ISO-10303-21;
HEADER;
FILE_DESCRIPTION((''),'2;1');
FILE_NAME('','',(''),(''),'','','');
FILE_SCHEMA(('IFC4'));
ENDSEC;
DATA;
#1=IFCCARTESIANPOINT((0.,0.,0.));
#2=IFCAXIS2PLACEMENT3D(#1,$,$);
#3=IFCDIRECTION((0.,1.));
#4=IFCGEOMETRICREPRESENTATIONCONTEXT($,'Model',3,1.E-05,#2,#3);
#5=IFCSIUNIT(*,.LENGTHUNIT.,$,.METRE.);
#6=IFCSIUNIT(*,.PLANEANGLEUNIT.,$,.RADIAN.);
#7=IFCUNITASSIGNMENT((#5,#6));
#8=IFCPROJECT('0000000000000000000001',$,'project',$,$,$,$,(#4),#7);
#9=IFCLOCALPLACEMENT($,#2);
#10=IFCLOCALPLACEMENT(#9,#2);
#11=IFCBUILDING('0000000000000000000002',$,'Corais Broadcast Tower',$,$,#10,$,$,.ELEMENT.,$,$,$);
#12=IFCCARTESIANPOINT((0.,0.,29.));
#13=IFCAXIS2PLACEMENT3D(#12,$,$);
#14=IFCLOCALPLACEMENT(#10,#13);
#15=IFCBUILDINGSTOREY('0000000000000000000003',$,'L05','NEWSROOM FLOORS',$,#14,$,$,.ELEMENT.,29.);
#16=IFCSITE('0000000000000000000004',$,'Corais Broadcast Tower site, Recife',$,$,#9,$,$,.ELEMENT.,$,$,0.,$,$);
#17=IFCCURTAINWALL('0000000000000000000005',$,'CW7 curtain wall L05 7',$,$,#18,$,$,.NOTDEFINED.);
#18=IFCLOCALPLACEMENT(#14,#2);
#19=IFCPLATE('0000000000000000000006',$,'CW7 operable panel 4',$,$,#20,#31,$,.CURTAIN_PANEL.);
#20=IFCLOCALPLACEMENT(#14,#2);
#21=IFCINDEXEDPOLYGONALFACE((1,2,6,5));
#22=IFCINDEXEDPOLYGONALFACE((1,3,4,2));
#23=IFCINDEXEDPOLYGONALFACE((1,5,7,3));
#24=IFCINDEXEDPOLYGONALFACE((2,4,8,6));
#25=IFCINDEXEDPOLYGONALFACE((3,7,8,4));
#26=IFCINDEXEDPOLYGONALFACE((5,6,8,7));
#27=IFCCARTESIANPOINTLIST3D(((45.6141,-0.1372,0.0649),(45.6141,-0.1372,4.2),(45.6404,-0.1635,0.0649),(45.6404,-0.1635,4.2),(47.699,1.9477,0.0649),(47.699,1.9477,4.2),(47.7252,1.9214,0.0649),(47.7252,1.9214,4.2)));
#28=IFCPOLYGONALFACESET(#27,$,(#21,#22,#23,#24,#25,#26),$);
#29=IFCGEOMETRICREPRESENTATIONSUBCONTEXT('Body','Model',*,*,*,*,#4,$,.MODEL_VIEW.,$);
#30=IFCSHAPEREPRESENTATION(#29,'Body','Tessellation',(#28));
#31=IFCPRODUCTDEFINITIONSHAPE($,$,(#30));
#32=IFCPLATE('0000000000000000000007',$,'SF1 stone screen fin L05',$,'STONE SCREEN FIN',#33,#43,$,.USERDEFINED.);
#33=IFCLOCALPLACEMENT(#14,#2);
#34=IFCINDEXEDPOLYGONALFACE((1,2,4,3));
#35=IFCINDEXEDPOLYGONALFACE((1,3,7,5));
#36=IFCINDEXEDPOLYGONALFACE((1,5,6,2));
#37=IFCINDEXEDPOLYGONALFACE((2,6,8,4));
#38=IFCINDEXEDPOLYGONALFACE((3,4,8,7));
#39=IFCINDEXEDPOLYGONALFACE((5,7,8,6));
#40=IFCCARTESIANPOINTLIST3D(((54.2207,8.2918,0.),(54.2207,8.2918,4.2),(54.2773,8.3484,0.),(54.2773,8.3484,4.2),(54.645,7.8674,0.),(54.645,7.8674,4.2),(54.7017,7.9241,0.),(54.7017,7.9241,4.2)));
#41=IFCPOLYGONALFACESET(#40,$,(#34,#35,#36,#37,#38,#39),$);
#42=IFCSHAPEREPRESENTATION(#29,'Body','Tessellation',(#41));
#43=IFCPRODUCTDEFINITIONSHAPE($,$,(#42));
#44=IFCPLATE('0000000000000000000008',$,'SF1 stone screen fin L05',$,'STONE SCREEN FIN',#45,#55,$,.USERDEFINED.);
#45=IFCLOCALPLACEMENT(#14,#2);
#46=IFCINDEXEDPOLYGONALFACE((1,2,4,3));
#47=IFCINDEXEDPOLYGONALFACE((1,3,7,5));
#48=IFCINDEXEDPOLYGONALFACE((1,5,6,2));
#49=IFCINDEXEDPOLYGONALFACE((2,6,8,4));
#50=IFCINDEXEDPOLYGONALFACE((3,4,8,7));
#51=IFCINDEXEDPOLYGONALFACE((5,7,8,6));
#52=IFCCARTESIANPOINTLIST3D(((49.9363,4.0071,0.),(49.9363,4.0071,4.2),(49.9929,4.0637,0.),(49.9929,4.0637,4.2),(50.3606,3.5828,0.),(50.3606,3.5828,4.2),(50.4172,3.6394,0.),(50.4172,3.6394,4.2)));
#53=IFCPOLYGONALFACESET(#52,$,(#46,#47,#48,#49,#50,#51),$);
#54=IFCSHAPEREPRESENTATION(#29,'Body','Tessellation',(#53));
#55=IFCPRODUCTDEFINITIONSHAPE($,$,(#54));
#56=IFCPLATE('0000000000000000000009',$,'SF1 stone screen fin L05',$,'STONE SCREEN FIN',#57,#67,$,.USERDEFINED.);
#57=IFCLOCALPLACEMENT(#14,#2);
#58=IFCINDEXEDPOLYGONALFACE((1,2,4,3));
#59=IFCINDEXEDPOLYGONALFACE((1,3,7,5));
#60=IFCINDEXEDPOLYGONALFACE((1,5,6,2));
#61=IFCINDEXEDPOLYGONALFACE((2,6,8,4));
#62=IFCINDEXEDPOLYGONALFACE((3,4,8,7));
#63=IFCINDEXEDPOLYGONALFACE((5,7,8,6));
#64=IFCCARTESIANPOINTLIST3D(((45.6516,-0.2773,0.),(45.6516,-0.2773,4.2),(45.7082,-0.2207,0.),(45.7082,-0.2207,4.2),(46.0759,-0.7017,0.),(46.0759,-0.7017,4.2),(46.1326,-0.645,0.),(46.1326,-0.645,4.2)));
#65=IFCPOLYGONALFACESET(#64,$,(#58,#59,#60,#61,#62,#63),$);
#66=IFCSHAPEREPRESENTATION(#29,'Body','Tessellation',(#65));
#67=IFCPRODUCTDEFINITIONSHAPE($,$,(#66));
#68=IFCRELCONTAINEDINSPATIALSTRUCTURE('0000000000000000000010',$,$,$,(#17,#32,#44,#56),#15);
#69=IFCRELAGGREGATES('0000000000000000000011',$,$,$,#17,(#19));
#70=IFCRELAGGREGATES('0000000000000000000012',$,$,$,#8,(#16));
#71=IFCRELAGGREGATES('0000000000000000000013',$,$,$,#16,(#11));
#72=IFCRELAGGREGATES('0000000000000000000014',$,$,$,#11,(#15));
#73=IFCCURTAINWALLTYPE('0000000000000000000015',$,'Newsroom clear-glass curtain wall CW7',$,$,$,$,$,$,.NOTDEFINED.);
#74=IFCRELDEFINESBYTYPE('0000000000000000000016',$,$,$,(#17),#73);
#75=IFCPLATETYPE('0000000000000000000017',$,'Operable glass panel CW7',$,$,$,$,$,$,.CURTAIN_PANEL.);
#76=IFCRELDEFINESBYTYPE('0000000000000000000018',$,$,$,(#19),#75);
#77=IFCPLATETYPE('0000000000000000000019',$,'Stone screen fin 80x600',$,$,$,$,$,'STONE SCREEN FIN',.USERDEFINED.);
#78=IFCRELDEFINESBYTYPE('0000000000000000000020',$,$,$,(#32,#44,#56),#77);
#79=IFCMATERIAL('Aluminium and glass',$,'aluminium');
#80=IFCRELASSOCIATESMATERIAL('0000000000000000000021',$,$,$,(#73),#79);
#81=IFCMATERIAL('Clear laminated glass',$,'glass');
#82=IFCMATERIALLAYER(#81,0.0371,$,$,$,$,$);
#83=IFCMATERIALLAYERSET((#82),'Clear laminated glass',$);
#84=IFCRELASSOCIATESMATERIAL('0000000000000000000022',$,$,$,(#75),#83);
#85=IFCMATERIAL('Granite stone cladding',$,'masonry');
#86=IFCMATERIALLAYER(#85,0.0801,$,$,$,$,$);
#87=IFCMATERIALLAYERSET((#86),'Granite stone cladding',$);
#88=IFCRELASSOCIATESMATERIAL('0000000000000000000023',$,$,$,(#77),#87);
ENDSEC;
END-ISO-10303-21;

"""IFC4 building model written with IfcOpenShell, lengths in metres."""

from ifc_helpers import new_model, si_unit, direction, frame, origin, origin_2d, place, context, subcontext, project, spatial, rectangle, extrude, material, layer, layer_set, type_object, element, aggregate, save


model = new_model("IFC4")

# Units and contexts
model_context = context("Model", 3, precision=1e-05, world=origin(), true_north=direction((0.0, 1.0)))
body_context = subcontext(model_context, "Body", "Model", "MODEL_VIEW")
ifc_project = project(units=[si_unit("LENGTHUNIT", "METRE"), si_unit("PLANEANGLEUNIT", "RADIAN")], contexts=[model_context])

# Site, building, storey
site_placement = place(None, origin())
site = spatial("IfcSite", under=ifc_project, at=site_placement, Name="Corais Broadcast Tower site, Recife", CompositionType="ELEMENT", RefElevation=0.0)
building_placement = place(site_placement, origin())
building = spatial("IfcBuilding", under=site, at=building_placement, Name="Corais Broadcast Tower", CompositionType="ELEMENT")
storey_placement = place(building_placement, frame((0.0, 0.0, 29.0)))
storey = spatial("IfcBuildingStorey", under=building, at=storey_placement, Name="L05", Description="NEWSROOM FLOORS", CompositionType="ELEMENT", Elevation=29.0)

# Shared definitions
ifc_material_1 = material(Name="Aluminium and glass", Category="aluminium")
curtain_wall_type = type_object("IfcCurtainWallType", Name="Newsroom clear-glass curtain wall CW7", PredefinedType="NOTDEFINED", material=ifc_material_1)

# Curtain wall
curtain_wall_1_placement = place(storey_placement, origin())
curtain_wall_1 = element("IfcCurtainWall", 1, at=curtain_wall_1_placement, inside=storey, type_object=curtain_wall_type, Name="CW7 curtain wall L05 7", PredefinedType="NOTDEFINED")

# Plate
ifc_material_2 = material(Name="Clear laminated glass", Category="glass")
ifc_layer_1 = layer(ifc_material_2, 0.0371)
ifc_layer_set_1 = layer_set([ifc_layer_1], Name="Clear laminated glass")
plate_type_1 = type_object("IfcPlateType", Name="Operable glass panel CW7", PredefinedType="CURTAIN_PANEL", material=ifc_layer_set_1)
plate_1_placement = place(storey_placement, frame((46.6697, 0.8921, 0.0649), z_axis=(0.0, 0.0, 1.0), x_axis=(-0.707107, -0.707107, 0.0)))
plate_1 = element("IfcPlate", 2, at=plate_1_placement, type_object=plate_type_1, Name="CW7 operable panel 4", PredefinedType="CURTAIN_PANEL", context=body_context, shape_type="SweptSolid", body=[
    extrude(rectangle(XDim=2.9485, YDim=0.0371, at=origin_2d()), origin(), (0.0, 0.0, 1.0), 4.135),
])
aggregate(curtain_wall_1, [plate_1])

# Plates
ifc_material_3 = material(Name="Granite stone cladding", Category="masonry")
ifc_layer_2 = layer(ifc_material_3, 0.0801)
ifc_layer_set_2 = layer_set([ifc_layer_2], Name="Granite stone cladding")
plate_type_2 = type_object("IfcPlateType", Name="Stone screen fin 80x600", ElementType="STONE SCREEN FIN", PredefinedType="USERDEFINED", material=ifc_layer_set_2)
for number, where, z_axis, x_axis, name in (
    (3, (54.4612, 8.1079, 0.0), (0.0, 0.0, 1.0), (-0.707107, -0.707107, 0.0), "SF1 stone screen fin L05"),
    (4, (50.1768, 3.8232, 0.0), (0.0, 0.0, 1.0), (-0.707107, -0.707107, 0.0), "SF1 stone screen fin L05"),
    (5, (45.8921, -0.4612, 0.0), (0.0, 0.0, 1.0), (-0.707107, -0.707107, 0.0), "SF1 stone screen fin L05"),
):
    element("IfcPlate", number, at=place(storey_placement, frame(where, z_axis=z_axis, x_axis=x_axis)), inside=storey, type_object=plate_type_2, Name=name, ObjectType="STONE SCREEN FIN", PredefinedType="USERDEFINED", context=body_context, shape_type="SweptSolid", body=[
        extrude(rectangle(XDim=0.0801, YDim=0.6001, at=origin_2d()), origin(), (0.0, 0.0, 1.0), 4.2),
    ])

save(model, "model.ifc")
